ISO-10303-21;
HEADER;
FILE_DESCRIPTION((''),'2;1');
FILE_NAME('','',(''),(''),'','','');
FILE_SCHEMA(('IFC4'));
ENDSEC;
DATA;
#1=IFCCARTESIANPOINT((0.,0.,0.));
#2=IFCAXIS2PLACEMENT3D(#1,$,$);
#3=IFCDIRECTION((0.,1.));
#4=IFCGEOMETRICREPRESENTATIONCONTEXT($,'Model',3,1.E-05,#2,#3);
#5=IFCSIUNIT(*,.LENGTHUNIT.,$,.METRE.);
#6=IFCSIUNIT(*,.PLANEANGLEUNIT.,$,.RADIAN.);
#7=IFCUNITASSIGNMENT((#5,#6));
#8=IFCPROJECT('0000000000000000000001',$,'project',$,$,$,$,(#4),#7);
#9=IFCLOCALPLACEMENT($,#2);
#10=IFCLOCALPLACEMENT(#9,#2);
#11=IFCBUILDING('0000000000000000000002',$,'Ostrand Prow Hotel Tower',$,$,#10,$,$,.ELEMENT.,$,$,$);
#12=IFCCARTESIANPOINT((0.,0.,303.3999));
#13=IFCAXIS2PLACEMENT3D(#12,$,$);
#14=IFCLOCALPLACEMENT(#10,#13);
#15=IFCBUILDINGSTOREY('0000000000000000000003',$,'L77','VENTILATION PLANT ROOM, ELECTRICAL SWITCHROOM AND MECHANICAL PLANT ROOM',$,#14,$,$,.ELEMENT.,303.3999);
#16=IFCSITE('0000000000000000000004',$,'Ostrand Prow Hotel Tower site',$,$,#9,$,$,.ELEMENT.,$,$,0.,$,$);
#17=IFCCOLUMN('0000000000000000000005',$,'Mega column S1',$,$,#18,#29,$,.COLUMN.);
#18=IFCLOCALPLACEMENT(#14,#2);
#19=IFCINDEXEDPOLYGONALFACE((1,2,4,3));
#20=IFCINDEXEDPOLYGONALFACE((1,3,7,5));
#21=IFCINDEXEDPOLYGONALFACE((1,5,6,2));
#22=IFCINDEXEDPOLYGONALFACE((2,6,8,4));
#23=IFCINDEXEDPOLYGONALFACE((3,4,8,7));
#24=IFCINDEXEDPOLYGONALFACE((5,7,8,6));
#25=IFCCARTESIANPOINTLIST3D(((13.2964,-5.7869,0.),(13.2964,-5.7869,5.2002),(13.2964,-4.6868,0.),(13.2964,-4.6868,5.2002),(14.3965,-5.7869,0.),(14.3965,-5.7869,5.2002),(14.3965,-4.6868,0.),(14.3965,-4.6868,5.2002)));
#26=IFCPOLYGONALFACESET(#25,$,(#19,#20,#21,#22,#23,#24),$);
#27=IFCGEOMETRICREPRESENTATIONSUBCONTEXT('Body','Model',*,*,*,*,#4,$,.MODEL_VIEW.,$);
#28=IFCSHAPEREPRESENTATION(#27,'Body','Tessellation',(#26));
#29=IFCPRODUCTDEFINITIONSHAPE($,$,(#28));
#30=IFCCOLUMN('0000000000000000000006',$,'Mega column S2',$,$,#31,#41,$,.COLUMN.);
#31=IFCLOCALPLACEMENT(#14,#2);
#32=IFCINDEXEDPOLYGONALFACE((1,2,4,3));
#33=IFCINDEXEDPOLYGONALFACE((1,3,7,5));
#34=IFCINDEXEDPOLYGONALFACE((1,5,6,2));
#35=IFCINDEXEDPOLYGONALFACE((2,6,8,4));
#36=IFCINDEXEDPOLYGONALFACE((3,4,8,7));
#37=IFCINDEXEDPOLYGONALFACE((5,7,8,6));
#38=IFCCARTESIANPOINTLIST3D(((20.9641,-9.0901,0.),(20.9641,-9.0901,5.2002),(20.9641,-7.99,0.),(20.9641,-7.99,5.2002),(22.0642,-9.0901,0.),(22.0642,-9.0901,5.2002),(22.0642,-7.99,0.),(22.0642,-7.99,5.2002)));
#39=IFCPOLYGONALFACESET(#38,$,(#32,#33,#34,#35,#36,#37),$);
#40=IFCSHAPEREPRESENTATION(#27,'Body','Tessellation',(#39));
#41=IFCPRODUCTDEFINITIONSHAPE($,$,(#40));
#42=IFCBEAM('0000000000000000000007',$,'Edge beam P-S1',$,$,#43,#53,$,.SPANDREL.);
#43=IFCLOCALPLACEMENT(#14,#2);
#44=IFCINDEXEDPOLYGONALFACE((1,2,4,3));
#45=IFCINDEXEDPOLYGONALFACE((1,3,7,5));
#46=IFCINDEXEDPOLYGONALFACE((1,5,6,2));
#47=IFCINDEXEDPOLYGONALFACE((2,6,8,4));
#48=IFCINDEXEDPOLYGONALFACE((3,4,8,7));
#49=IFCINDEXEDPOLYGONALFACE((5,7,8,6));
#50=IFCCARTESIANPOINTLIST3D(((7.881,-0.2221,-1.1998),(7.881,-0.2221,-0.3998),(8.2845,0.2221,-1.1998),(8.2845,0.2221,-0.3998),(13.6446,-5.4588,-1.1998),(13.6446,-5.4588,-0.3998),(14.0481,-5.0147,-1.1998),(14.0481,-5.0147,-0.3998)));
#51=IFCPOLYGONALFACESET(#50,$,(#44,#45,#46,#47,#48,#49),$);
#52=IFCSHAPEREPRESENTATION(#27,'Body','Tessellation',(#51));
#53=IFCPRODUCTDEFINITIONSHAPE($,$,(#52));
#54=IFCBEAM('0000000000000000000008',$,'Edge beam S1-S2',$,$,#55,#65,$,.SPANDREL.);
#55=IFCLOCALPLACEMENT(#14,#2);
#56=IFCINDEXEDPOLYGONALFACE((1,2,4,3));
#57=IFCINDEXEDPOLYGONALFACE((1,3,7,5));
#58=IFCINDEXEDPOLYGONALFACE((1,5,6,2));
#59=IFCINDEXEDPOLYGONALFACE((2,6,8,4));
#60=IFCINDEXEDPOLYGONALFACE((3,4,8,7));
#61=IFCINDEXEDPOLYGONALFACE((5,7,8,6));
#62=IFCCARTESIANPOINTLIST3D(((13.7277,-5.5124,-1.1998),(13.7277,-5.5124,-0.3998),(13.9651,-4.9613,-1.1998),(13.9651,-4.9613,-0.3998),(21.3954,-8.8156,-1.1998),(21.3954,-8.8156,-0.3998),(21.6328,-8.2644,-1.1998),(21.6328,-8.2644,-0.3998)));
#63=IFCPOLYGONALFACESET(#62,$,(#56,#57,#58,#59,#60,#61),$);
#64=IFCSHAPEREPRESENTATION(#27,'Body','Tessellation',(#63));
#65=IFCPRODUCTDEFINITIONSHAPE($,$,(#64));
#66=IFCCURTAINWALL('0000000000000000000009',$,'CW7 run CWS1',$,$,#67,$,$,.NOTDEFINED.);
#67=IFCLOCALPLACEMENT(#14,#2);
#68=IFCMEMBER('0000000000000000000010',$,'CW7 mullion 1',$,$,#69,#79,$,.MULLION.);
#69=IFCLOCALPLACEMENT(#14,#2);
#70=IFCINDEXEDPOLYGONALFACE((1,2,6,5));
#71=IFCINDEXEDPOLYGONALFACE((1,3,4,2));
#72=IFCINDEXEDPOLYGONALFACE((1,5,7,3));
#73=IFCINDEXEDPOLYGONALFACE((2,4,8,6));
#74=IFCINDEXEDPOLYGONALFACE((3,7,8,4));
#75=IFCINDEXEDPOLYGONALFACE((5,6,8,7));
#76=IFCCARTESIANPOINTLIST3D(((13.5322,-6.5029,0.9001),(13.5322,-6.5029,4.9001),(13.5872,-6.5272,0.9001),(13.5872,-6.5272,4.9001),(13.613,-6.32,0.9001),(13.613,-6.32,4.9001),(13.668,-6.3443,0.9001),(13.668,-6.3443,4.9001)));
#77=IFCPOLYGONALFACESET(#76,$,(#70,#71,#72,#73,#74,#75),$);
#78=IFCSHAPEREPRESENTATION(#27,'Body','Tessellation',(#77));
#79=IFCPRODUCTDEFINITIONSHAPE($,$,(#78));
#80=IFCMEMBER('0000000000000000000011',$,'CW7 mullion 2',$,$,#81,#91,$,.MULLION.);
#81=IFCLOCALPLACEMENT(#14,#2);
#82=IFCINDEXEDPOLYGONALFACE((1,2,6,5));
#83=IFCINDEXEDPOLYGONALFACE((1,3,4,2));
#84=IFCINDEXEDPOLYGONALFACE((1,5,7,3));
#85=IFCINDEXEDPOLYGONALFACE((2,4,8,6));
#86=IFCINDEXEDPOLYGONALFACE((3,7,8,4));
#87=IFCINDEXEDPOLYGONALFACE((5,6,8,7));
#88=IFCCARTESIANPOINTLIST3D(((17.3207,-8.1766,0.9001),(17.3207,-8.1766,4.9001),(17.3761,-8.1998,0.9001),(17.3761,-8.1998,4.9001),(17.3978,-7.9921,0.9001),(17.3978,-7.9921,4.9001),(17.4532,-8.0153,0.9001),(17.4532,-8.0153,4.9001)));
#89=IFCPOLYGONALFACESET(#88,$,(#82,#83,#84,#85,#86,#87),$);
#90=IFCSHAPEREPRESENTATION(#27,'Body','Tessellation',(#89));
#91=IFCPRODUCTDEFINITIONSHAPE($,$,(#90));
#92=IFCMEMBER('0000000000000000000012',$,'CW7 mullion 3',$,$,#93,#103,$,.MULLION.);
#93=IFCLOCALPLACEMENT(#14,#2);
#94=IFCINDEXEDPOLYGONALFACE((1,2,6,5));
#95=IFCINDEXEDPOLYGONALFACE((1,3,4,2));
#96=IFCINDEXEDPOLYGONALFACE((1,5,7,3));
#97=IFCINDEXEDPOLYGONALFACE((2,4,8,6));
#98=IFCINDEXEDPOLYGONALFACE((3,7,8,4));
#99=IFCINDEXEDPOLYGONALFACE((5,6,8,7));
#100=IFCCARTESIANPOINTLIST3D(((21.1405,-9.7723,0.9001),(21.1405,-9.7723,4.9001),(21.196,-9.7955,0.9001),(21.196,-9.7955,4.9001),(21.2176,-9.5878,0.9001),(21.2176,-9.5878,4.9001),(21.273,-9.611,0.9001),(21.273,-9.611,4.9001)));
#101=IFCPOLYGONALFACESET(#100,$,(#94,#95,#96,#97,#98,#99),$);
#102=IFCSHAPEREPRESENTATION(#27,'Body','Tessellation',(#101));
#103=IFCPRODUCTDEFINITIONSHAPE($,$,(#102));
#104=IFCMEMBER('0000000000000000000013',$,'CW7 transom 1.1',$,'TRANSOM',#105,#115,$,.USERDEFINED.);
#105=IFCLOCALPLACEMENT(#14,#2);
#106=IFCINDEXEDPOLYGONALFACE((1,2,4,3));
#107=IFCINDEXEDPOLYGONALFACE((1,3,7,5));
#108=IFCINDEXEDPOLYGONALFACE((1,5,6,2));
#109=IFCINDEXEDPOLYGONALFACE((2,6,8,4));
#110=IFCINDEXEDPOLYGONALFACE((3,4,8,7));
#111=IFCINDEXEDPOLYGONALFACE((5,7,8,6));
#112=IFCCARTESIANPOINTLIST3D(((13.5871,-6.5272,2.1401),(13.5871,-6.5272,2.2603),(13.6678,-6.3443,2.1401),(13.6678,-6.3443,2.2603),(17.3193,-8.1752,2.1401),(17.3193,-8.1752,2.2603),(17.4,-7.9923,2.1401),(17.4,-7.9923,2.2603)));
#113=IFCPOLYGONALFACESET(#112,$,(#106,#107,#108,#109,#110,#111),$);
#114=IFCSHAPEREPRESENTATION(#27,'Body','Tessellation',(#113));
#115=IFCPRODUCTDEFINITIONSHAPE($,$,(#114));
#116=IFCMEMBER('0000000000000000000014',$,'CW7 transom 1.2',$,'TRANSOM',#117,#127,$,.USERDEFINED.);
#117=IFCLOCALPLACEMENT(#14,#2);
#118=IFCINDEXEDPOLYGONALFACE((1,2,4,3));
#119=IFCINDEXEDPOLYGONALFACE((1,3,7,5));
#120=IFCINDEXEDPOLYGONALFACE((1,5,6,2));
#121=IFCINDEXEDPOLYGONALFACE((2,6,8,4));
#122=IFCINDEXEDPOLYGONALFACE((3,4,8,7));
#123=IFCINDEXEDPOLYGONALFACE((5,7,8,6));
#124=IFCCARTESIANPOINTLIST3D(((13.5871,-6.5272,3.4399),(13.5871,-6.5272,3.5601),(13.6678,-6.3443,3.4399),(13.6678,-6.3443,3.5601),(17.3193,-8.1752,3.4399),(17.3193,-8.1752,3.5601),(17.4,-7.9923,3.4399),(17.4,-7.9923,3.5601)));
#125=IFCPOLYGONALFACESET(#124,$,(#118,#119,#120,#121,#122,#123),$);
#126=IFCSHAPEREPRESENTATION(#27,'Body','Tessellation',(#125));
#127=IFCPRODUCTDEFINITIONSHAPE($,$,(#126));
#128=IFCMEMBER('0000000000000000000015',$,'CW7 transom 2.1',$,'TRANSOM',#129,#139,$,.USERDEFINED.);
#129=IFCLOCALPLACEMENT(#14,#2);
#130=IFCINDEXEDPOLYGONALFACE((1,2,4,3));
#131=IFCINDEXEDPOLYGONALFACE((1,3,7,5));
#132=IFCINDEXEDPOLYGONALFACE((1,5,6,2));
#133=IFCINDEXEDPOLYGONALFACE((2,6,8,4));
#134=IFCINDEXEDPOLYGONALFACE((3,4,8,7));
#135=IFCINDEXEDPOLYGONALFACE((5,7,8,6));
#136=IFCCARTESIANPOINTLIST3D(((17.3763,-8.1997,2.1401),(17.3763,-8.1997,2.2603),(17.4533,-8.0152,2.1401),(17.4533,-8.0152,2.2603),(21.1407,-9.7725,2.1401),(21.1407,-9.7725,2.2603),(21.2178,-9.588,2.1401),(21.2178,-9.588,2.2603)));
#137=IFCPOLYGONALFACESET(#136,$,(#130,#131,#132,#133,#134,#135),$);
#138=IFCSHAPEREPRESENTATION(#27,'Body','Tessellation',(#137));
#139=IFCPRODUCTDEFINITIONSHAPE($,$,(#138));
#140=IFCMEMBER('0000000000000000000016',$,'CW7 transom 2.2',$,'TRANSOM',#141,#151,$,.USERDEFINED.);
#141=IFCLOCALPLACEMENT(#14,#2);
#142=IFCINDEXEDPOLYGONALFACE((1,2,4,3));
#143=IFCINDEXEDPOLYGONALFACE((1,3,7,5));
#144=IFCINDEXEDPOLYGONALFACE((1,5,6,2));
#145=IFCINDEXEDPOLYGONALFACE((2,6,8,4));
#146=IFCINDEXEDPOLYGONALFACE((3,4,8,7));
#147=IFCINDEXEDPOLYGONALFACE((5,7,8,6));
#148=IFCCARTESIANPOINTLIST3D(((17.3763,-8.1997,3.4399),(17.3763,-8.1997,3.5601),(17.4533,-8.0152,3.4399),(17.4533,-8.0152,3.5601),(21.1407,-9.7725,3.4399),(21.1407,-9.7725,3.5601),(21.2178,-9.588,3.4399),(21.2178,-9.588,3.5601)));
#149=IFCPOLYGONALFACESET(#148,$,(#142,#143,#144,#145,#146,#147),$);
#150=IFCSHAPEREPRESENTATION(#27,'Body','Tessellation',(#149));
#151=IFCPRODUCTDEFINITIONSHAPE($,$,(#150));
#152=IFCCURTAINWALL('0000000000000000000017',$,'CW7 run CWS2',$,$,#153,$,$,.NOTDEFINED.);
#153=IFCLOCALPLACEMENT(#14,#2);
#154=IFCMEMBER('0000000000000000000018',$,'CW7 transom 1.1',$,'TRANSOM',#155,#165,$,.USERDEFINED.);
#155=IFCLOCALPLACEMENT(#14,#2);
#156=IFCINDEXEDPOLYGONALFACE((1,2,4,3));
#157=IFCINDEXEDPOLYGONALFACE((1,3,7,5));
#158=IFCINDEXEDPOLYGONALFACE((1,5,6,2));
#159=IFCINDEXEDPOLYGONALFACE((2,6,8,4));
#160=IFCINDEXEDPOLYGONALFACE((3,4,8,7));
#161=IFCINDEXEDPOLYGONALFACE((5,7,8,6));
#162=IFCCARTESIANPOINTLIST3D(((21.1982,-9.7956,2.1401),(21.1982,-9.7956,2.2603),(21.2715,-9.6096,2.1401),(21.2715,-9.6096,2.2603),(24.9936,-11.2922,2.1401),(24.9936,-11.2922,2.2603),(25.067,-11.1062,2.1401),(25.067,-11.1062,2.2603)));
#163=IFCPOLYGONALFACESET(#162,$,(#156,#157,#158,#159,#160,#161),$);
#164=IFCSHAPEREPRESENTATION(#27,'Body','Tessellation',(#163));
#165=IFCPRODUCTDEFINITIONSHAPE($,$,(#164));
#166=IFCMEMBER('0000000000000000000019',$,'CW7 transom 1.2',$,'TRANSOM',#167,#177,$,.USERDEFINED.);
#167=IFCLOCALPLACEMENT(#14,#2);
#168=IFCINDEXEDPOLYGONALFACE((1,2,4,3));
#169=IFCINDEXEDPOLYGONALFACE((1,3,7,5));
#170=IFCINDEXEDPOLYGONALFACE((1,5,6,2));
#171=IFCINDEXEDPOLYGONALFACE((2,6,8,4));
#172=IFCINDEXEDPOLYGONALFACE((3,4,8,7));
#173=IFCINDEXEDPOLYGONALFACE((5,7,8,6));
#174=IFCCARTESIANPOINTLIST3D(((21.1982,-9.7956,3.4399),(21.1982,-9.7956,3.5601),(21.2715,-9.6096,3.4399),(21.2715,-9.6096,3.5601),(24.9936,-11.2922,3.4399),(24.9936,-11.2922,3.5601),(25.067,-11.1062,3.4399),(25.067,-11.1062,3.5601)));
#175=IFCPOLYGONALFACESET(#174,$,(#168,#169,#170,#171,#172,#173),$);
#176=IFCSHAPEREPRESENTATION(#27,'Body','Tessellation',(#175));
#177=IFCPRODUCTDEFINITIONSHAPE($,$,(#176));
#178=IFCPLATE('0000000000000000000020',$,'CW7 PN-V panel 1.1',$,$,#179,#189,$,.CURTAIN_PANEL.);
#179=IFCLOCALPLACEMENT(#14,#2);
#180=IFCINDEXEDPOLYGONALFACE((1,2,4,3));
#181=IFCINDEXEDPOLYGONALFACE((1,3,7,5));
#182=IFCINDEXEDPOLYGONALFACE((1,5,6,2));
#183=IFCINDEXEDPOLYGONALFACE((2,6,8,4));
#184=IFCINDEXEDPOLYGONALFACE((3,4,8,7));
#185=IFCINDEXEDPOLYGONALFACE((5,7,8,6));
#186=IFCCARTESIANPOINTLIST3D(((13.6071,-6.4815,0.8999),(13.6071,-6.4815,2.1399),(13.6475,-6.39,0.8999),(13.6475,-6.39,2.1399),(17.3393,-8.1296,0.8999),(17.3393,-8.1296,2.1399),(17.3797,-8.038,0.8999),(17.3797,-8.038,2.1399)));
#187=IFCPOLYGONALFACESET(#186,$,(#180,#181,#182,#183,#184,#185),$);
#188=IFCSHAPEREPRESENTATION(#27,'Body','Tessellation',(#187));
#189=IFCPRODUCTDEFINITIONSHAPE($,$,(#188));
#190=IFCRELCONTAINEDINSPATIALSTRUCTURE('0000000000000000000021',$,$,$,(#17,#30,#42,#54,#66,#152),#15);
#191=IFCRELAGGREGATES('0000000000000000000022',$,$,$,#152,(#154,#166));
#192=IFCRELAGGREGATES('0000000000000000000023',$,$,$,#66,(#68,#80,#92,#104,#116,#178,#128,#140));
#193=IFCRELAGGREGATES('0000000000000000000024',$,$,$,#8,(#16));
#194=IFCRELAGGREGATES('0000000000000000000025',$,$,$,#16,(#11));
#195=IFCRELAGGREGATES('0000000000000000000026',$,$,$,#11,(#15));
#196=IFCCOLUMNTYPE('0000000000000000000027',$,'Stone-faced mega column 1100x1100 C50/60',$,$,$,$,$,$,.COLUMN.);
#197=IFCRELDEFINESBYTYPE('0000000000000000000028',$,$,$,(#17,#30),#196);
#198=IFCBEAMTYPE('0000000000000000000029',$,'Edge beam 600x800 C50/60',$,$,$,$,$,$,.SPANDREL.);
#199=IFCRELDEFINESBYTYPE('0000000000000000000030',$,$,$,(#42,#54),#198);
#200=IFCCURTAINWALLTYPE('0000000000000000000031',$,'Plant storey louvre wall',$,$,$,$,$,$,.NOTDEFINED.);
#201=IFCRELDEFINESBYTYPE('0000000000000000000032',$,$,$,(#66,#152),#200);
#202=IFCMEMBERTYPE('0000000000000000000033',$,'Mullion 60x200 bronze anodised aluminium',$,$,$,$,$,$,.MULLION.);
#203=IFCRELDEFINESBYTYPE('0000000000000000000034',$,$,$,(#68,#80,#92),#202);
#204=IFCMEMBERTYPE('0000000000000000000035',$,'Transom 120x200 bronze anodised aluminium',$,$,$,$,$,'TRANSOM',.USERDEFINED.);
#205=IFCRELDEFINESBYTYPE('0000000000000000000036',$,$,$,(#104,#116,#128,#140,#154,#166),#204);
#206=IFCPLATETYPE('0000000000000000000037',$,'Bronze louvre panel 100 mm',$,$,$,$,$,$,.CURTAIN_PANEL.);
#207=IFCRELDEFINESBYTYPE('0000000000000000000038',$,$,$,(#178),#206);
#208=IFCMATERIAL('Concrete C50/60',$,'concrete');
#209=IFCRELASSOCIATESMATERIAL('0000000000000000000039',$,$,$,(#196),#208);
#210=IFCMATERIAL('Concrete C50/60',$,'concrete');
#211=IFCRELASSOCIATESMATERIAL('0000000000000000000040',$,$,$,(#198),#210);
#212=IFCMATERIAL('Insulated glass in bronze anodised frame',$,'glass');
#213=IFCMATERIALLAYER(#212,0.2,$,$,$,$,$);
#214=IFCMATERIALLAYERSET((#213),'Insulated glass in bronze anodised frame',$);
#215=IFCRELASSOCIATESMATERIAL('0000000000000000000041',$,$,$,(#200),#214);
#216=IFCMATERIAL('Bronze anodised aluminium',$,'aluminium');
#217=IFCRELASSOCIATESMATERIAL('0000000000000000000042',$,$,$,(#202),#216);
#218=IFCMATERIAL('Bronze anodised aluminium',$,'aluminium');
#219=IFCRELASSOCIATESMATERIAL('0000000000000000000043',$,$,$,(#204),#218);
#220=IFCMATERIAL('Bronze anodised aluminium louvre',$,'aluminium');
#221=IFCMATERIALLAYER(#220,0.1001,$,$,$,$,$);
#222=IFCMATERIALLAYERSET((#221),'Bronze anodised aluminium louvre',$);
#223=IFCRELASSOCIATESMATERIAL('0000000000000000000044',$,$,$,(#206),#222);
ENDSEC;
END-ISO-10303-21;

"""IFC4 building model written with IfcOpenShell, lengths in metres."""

from ifc_helpers import new_model, si_unit, direction, frame, origin, origin_2d, place, context, subcontext, project, spatial, rectangle, extrude, material, layer, layer_set, material_profile, profile_set, type_object, element, aggregate, save


model = new_model("IFC4")

# Units and contexts
model_context = context("Model", 3, precision=1e-05, world=origin(), true_north=direction((0.0, 1.0)))
body_context = subcontext(model_context, "Body", "Model", "MODEL_VIEW")
ifc_project = project(units=[si_unit("LENGTHUNIT", "METRE"), si_unit("PLANEANGLEUNIT", "RADIAN")], contexts=[model_context])

# Site, building, storey
site_placement = place(None, origin())
site = spatial("IfcSite", under=ifc_project, at=site_placement, Name="Ostrand Prow Hotel Tower site", CompositionType="ELEMENT", RefElevation=0.0)
building_placement = place(site_placement, origin())
building = spatial("IfcBuilding", under=site, at=building_placement, Name="Ostrand Prow Hotel Tower", CompositionType="ELEMENT")
storey_placement = place(building_placement, frame((0.0, 0.0, 303.3999)))
storey = spatial("IfcBuildingStorey", under=building, at=storey_placement, Name="L77", Description="VENTILATION PLANT ROOM, ELECTRICAL SWITCHROOM AND MECHANICAL PLANT ROOM", CompositionType="ELEMENT", Elevation=303.3999)

# Columns
ifc_material_1 = material(Name="Concrete C50/60", Category="concrete")
ifc_material_profile_1 = material_profile(ifc_material_1, rectangle(XDim=1.1001, YDim=1.1001, at=origin_2d()), Name="RC 1100x1100")
ifc_profile_set_1 = profile_set([ifc_material_profile_1], Name="Concrete C50/60")
column_type = type_object("IfcColumnType", Name="Stone-faced mega column 1100x1100 C50/60", PredefinedType="COLUMN", material=ifc_profile_set_1)
for number, where, z_axis, x_axis, name in (
    (1, (13.8464, -5.2368, 0.0), (0.0, 0.0, 1.0), (1.0, 0.0, 0.0), "Mega column S1"),
    (2, (21.5142, -8.54, 0.0), (0.0, 0.0, 1.0), (1.0, 0.0, 0.0), "Mega column S2"),
):
    element("IfcColumn", number, at=place(storey_placement, frame(where, z_axis=z_axis, x_axis=x_axis)), inside=storey, type_object=column_type, Name=name, PredefinedType="COLUMN", context=body_context, shape_type="SweptSolid", body=[
        extrude(rectangle(XDim=1.1001, YDim=1.1001, at=origin_2d()), origin(), (0.0, 0.0, 1.0), 5.2002),
    ])

# Beams
ifc_material_2 = material(Name="Concrete C50/60", Category="concrete")
ifc_material_profile_2 = material_profile(ifc_material_2, rectangle(XDim=0.6001, YDim=0.8, at=origin_2d()), Name="RC 600x800")
ifc_profile_set_2 = profile_set([ifc_material_profile_2], Name="Concrete C50/60")
beam_type = type_object("IfcBeamType", Name="Edge beam 600x800 C50/60", PredefinedType="SPANDREL", material=ifc_profile_set_2)
beam_1_placement = place(storey_placement, frame((8.0828, 0.0, -0.7998), z_axis=(0.740124, -0.67247, 0.0), x_axis=(0.67247, 0.740124, 0.0)))
element("IfcBeam", 3, at=beam_1_placement, inside=storey, type_object=beam_type, Name="Edge beam P-S1", PredefinedType="SPANDREL", context=body_context, shape_type="SweptSolid", body=[
    extrude(rectangle(XDim=0.6001, YDim=0.8, at=origin_2d()), origin(), (0.0, 0.0, 1.0), 7.7874),
])
beam_2_placement = place(storey_placement, frame((13.8464, -5.2368, -0.7998), z_axis=(0.918404, -0.395644, 0.0), x_axis=(0.395644, 0.918404, 0.0)))
element("IfcBeam", 4, at=beam_2_placement, inside=storey, type_object=beam_type, Name="Edge beam S1-S2", PredefinedType="SPANDREL", context=body_context, shape_type="SweptSolid", body=[
    extrude(rectangle(XDim=0.6001, YDim=0.8, at=origin_2d()), origin(), (0.0, 0.0, 1.0), 8.3489),
])

# Curtain walls, members
ifc_material_3 = material(Name="Insulated glass in bronze anodised frame", Category="glass")
ifc_layer_1 = layer(ifc_material_3, 0.2)
ifc_layer_set_1 = layer_set([ifc_layer_1], Name="Insulated glass in bronze anodised frame")
curtain_wall_type = type_object("IfcCurtainWallType", Name="Plant storey louvre wall", PredefinedType="NOTDEFINED", material=ifc_layer_set_1)
curtain_wall_1_placement = place(storey_placement, origin())
curtain_wall_1 = element("IfcCurtainWall", 5, at=curtain_wall_1_placement, inside=storey, type_object=curtain_wall_type, Name="CW7 run CWS1", PredefinedType="NOTDEFINED")
ifc_material_4 = material(Name="Bronze anodised aluminium", Category="aluminium")
ifc_material_profile_3 = material_profile(ifc_material_4, rectangle(XDim=0.2, YDim=0.0601, at=origin_2d()), Name="Mullion 60x200 bronze anodised aluminium")
ifc_profile_set_3 = profile_set([ifc_material_profile_3], Name="Bronze anodised aluminium")
member_type_1 = type_object("IfcMemberType", Name="Mullion 60x200 bronze anodised aluminium", PredefinedType="MULLION", material=ifc_profile_set_3)
member_1_placement = place(storey_placement, frame((13.6001, -6.4236, 0.9001), z_axis=(0.0, 0.0, 1.0), x_axis=(0.40394, 0.914786, 0.0)))
member_1 = element("IfcMember", 6, at=member_1_placement, type_object=member_type_1, Name="CW7 mullion 1", PredefinedType="MULLION", context=body_context, shape_type="SweptSolid", body=[
    extrude(rectangle(XDim=0.2, YDim=0.0601, at=origin_2d()), origin(), (0.0, 0.0, 1.0), 4.0),
])
member_2_placement = place(storey_placement, frame((17.387, -8.0959, 0.9001), z_axis=(0.0, 0.0, 1.0), x_axis=(0.385471, 0.92272, 0.0)))
member_2 = element("IfcMember", 7, at=member_2_placement, type_object=member_type_1, Name="CW7 mullion 2", PredefinedType="MULLION", context=body_context, shape_type="SweptSolid", body=[
    extrude(rectangle(XDim=0.2, YDim=0.0601, at=origin_2d()), origin(), (0.0, 0.0, 1.0), 4.0),
])
member_3_placement = place(storey_placement, frame((21.2068, -9.6917, 0.9001), z_axis=(0.0, 0.0, 1.0), x_axis=(0.385471, 0.92272, 0.0)))
member_3 = element("IfcMember", 8, at=member_3_placement, type_object=member_type_1, Name="CW7 mullion 3", PredefinedType="MULLION", context=body_context, shape_type="SweptSolid", body=[
    extrude(rectangle(XDim=0.2, YDim=0.0601, at=origin_2d()), origin(), (0.0, 0.0, 1.0), 4.0),
])
ifc_material_5 = material(Name="Bronze anodised aluminium", Category="aluminium")
ifc_material_profile_4 = material_profile(ifc_material_5, rectangle(XDim=0.2, YDim=0.1201, at=origin_2d()), Name="Transom 120x200 bronze anodised aluminium")
ifc_profile_set_4 = profile_set([ifc_material_profile_4], Name="Bronze anodised aluminium")
member_type_2 = type_object("IfcMemberType", Name="Transom 120x200 bronze anodised aluminium", ElementType="TRANSOM", PredefinedType="USERDEFINED", material=ifc_profile_set_4)
member_4_placement = place(storey_placement, frame((13.6274, -6.4358, 2.2002), z_axis=(0.914791, -0.403927, 0.0), x_axis=(0.403927, 0.914791, 0.0)))
member_4 = element("IfcMember", 9, at=member_4_placement, type_object=member_type_2, Name="CW7 transom 1.1", ObjectType="TRANSOM", PredefinedType="USERDEFINED", context=body_context, shape_type="SweptSolid", body=[
    extrude(rectangle(XDim=0.2, YDim=0.1201, at=origin_2d()), origin(), (0.0, 0.0, 1.0), 4.0798),
])
member_5_placement = place(storey_placement, frame((13.6274, -6.4358, 3.5), z_axis=(0.914791, -0.403927, 0.0), x_axis=(0.403927, 0.914791, 0.0)))
member_5 = element("IfcMember", 10, at=member_5_placement, type_object=member_type_2, Name="CW7 transom 1.2", ObjectType="TRANSOM", PredefinedType="USERDEFINED", context=body_context, shape_type="SweptSolid", body=[
    extrude(rectangle(XDim=0.2, YDim=0.1201, at=origin_2d()), origin(), (0.0, 0.0, 1.0), 4.0798),
])
member_6_placement = place(storey_placement, frame((17.4148, -8.1074, 2.2002), z_axis=(0.922706, -0.385503, 0.0), x_axis=(0.385503, 0.922706, 0.0)))
member_6 = element("IfcMember", 11, at=member_6_placement, type_object=member_type_2, Name="CW7 transom 2.1", ObjectType="TRANSOM", PredefinedType="USERDEFINED", context=body_context, shape_type="SweptSolid", body=[
    extrude(rectangle(XDim=0.2, YDim=0.1201, at=origin_2d()), origin(), (0.0, 0.0, 1.0), 4.0798),
])
member_7_placement = place(storey_placement, frame((17.4148, -8.1074, 3.5), z_axis=(0.922706, -0.385503, 0.0), x_axis=(0.385503, 0.922706, 0.0)))
member_7 = element("IfcMember", 12, at=member_7_placement, type_object=member_type_2, Name="CW7 transom 2.2", ObjectType="TRANSOM", PredefinedType="USERDEFINED", context=body_context, shape_type="SweptSolid", body=[
    extrude(rectangle(XDim=0.2, YDim=0.1201, at=origin_2d()), origin(), (0.0, 0.0, 1.0), 4.0798),
])
curtain_wall_2_placement = place(storey_placement, origin())
curtain_wall_2 = element("IfcCurtainWall", 13, at=curtain_wall_2_placement, inside=storey, type_object=curtain_wall_type, Name="CW7 run CWS2", PredefinedType="NOTDEFINED")
member_8_placement = place(storey_placement, frame((21.2349, -9.7026, 2.2002), z_axis=(0.93029, -0.366826, 0.0), x_axis=(0.366826, 0.93029, 0.0)))
member_8 = element("IfcMember", 14, at=member_8_placement, type_object=member_type_2, Name="CW7 transom 1.1", ObjectType="TRANSOM", PredefinedType="USERDEFINED", context=body_context, shape_type="SweptSolid", body=[
    extrude(rectangle(XDim=0.2, YDim=0.1201, at=origin_2d()), origin(), (0.0, 0.0, 1.0), 4.0798),
])
member_9_placement = place(storey_placement, frame((21.2349, -9.7026, 3.5), z_axis=(0.93029, -0.366826, 0.0), x_axis=(0.366826, 0.93029, 0.0)))
member_9 = element("IfcMember", 15, at=member_9_placement, type_object=member_type_2, Name="CW7 transom 1.2", ObjectType="TRANSOM", PredefinedType="USERDEFINED", context=body_context, shape_type="SweptSolid", body=[
    extrude(rectangle(XDim=0.2, YDim=0.1201, at=origin_2d()), origin(), (0.0, 0.0, 1.0), 4.0798),
])
aggregate(curtain_wall_2, [member_8, member_9])

# Plate
ifc_material_6 = material(Name="Bronze anodised aluminium louvre", Category="aluminium")
ifc_layer_2 = layer(ifc_material_6, 0.1001)
ifc_layer_set_2 = layer_set([ifc_layer_2], Name="Bronze anodised aluminium louvre")
plate_type = type_object("IfcPlateType", Name="Bronze louvre panel 100 mm", PredefinedType="CURTAIN_PANEL", material=ifc_layer_set_2)
plate_1_placement = place(storey_placement, frame((15.4934, -7.2598, 0.8999), z_axis=(0.0, 0.0, 1.0), x_axis=(0.914786, -0.40394, 0.0)))
plate_1 = element("IfcPlate", 16, at=plate_1_placement, type_object=plate_type, Name="CW7 PN-V panel 1.1", PredefinedType="CURTAIN_PANEL", context=body_context, shape_type="SweptSolid", body=[
    extrude(rectangle(XDim=4.0798, YDim=0.1001, at=origin_2d()), origin(), (0.0, 0.0, 1.0), 1.24),
])
aggregate(curtain_wall_1, [member_1, member_2, member_3, member_4, member_5, plate_1, member_6, member_7])

save(model, "model.ifc")
